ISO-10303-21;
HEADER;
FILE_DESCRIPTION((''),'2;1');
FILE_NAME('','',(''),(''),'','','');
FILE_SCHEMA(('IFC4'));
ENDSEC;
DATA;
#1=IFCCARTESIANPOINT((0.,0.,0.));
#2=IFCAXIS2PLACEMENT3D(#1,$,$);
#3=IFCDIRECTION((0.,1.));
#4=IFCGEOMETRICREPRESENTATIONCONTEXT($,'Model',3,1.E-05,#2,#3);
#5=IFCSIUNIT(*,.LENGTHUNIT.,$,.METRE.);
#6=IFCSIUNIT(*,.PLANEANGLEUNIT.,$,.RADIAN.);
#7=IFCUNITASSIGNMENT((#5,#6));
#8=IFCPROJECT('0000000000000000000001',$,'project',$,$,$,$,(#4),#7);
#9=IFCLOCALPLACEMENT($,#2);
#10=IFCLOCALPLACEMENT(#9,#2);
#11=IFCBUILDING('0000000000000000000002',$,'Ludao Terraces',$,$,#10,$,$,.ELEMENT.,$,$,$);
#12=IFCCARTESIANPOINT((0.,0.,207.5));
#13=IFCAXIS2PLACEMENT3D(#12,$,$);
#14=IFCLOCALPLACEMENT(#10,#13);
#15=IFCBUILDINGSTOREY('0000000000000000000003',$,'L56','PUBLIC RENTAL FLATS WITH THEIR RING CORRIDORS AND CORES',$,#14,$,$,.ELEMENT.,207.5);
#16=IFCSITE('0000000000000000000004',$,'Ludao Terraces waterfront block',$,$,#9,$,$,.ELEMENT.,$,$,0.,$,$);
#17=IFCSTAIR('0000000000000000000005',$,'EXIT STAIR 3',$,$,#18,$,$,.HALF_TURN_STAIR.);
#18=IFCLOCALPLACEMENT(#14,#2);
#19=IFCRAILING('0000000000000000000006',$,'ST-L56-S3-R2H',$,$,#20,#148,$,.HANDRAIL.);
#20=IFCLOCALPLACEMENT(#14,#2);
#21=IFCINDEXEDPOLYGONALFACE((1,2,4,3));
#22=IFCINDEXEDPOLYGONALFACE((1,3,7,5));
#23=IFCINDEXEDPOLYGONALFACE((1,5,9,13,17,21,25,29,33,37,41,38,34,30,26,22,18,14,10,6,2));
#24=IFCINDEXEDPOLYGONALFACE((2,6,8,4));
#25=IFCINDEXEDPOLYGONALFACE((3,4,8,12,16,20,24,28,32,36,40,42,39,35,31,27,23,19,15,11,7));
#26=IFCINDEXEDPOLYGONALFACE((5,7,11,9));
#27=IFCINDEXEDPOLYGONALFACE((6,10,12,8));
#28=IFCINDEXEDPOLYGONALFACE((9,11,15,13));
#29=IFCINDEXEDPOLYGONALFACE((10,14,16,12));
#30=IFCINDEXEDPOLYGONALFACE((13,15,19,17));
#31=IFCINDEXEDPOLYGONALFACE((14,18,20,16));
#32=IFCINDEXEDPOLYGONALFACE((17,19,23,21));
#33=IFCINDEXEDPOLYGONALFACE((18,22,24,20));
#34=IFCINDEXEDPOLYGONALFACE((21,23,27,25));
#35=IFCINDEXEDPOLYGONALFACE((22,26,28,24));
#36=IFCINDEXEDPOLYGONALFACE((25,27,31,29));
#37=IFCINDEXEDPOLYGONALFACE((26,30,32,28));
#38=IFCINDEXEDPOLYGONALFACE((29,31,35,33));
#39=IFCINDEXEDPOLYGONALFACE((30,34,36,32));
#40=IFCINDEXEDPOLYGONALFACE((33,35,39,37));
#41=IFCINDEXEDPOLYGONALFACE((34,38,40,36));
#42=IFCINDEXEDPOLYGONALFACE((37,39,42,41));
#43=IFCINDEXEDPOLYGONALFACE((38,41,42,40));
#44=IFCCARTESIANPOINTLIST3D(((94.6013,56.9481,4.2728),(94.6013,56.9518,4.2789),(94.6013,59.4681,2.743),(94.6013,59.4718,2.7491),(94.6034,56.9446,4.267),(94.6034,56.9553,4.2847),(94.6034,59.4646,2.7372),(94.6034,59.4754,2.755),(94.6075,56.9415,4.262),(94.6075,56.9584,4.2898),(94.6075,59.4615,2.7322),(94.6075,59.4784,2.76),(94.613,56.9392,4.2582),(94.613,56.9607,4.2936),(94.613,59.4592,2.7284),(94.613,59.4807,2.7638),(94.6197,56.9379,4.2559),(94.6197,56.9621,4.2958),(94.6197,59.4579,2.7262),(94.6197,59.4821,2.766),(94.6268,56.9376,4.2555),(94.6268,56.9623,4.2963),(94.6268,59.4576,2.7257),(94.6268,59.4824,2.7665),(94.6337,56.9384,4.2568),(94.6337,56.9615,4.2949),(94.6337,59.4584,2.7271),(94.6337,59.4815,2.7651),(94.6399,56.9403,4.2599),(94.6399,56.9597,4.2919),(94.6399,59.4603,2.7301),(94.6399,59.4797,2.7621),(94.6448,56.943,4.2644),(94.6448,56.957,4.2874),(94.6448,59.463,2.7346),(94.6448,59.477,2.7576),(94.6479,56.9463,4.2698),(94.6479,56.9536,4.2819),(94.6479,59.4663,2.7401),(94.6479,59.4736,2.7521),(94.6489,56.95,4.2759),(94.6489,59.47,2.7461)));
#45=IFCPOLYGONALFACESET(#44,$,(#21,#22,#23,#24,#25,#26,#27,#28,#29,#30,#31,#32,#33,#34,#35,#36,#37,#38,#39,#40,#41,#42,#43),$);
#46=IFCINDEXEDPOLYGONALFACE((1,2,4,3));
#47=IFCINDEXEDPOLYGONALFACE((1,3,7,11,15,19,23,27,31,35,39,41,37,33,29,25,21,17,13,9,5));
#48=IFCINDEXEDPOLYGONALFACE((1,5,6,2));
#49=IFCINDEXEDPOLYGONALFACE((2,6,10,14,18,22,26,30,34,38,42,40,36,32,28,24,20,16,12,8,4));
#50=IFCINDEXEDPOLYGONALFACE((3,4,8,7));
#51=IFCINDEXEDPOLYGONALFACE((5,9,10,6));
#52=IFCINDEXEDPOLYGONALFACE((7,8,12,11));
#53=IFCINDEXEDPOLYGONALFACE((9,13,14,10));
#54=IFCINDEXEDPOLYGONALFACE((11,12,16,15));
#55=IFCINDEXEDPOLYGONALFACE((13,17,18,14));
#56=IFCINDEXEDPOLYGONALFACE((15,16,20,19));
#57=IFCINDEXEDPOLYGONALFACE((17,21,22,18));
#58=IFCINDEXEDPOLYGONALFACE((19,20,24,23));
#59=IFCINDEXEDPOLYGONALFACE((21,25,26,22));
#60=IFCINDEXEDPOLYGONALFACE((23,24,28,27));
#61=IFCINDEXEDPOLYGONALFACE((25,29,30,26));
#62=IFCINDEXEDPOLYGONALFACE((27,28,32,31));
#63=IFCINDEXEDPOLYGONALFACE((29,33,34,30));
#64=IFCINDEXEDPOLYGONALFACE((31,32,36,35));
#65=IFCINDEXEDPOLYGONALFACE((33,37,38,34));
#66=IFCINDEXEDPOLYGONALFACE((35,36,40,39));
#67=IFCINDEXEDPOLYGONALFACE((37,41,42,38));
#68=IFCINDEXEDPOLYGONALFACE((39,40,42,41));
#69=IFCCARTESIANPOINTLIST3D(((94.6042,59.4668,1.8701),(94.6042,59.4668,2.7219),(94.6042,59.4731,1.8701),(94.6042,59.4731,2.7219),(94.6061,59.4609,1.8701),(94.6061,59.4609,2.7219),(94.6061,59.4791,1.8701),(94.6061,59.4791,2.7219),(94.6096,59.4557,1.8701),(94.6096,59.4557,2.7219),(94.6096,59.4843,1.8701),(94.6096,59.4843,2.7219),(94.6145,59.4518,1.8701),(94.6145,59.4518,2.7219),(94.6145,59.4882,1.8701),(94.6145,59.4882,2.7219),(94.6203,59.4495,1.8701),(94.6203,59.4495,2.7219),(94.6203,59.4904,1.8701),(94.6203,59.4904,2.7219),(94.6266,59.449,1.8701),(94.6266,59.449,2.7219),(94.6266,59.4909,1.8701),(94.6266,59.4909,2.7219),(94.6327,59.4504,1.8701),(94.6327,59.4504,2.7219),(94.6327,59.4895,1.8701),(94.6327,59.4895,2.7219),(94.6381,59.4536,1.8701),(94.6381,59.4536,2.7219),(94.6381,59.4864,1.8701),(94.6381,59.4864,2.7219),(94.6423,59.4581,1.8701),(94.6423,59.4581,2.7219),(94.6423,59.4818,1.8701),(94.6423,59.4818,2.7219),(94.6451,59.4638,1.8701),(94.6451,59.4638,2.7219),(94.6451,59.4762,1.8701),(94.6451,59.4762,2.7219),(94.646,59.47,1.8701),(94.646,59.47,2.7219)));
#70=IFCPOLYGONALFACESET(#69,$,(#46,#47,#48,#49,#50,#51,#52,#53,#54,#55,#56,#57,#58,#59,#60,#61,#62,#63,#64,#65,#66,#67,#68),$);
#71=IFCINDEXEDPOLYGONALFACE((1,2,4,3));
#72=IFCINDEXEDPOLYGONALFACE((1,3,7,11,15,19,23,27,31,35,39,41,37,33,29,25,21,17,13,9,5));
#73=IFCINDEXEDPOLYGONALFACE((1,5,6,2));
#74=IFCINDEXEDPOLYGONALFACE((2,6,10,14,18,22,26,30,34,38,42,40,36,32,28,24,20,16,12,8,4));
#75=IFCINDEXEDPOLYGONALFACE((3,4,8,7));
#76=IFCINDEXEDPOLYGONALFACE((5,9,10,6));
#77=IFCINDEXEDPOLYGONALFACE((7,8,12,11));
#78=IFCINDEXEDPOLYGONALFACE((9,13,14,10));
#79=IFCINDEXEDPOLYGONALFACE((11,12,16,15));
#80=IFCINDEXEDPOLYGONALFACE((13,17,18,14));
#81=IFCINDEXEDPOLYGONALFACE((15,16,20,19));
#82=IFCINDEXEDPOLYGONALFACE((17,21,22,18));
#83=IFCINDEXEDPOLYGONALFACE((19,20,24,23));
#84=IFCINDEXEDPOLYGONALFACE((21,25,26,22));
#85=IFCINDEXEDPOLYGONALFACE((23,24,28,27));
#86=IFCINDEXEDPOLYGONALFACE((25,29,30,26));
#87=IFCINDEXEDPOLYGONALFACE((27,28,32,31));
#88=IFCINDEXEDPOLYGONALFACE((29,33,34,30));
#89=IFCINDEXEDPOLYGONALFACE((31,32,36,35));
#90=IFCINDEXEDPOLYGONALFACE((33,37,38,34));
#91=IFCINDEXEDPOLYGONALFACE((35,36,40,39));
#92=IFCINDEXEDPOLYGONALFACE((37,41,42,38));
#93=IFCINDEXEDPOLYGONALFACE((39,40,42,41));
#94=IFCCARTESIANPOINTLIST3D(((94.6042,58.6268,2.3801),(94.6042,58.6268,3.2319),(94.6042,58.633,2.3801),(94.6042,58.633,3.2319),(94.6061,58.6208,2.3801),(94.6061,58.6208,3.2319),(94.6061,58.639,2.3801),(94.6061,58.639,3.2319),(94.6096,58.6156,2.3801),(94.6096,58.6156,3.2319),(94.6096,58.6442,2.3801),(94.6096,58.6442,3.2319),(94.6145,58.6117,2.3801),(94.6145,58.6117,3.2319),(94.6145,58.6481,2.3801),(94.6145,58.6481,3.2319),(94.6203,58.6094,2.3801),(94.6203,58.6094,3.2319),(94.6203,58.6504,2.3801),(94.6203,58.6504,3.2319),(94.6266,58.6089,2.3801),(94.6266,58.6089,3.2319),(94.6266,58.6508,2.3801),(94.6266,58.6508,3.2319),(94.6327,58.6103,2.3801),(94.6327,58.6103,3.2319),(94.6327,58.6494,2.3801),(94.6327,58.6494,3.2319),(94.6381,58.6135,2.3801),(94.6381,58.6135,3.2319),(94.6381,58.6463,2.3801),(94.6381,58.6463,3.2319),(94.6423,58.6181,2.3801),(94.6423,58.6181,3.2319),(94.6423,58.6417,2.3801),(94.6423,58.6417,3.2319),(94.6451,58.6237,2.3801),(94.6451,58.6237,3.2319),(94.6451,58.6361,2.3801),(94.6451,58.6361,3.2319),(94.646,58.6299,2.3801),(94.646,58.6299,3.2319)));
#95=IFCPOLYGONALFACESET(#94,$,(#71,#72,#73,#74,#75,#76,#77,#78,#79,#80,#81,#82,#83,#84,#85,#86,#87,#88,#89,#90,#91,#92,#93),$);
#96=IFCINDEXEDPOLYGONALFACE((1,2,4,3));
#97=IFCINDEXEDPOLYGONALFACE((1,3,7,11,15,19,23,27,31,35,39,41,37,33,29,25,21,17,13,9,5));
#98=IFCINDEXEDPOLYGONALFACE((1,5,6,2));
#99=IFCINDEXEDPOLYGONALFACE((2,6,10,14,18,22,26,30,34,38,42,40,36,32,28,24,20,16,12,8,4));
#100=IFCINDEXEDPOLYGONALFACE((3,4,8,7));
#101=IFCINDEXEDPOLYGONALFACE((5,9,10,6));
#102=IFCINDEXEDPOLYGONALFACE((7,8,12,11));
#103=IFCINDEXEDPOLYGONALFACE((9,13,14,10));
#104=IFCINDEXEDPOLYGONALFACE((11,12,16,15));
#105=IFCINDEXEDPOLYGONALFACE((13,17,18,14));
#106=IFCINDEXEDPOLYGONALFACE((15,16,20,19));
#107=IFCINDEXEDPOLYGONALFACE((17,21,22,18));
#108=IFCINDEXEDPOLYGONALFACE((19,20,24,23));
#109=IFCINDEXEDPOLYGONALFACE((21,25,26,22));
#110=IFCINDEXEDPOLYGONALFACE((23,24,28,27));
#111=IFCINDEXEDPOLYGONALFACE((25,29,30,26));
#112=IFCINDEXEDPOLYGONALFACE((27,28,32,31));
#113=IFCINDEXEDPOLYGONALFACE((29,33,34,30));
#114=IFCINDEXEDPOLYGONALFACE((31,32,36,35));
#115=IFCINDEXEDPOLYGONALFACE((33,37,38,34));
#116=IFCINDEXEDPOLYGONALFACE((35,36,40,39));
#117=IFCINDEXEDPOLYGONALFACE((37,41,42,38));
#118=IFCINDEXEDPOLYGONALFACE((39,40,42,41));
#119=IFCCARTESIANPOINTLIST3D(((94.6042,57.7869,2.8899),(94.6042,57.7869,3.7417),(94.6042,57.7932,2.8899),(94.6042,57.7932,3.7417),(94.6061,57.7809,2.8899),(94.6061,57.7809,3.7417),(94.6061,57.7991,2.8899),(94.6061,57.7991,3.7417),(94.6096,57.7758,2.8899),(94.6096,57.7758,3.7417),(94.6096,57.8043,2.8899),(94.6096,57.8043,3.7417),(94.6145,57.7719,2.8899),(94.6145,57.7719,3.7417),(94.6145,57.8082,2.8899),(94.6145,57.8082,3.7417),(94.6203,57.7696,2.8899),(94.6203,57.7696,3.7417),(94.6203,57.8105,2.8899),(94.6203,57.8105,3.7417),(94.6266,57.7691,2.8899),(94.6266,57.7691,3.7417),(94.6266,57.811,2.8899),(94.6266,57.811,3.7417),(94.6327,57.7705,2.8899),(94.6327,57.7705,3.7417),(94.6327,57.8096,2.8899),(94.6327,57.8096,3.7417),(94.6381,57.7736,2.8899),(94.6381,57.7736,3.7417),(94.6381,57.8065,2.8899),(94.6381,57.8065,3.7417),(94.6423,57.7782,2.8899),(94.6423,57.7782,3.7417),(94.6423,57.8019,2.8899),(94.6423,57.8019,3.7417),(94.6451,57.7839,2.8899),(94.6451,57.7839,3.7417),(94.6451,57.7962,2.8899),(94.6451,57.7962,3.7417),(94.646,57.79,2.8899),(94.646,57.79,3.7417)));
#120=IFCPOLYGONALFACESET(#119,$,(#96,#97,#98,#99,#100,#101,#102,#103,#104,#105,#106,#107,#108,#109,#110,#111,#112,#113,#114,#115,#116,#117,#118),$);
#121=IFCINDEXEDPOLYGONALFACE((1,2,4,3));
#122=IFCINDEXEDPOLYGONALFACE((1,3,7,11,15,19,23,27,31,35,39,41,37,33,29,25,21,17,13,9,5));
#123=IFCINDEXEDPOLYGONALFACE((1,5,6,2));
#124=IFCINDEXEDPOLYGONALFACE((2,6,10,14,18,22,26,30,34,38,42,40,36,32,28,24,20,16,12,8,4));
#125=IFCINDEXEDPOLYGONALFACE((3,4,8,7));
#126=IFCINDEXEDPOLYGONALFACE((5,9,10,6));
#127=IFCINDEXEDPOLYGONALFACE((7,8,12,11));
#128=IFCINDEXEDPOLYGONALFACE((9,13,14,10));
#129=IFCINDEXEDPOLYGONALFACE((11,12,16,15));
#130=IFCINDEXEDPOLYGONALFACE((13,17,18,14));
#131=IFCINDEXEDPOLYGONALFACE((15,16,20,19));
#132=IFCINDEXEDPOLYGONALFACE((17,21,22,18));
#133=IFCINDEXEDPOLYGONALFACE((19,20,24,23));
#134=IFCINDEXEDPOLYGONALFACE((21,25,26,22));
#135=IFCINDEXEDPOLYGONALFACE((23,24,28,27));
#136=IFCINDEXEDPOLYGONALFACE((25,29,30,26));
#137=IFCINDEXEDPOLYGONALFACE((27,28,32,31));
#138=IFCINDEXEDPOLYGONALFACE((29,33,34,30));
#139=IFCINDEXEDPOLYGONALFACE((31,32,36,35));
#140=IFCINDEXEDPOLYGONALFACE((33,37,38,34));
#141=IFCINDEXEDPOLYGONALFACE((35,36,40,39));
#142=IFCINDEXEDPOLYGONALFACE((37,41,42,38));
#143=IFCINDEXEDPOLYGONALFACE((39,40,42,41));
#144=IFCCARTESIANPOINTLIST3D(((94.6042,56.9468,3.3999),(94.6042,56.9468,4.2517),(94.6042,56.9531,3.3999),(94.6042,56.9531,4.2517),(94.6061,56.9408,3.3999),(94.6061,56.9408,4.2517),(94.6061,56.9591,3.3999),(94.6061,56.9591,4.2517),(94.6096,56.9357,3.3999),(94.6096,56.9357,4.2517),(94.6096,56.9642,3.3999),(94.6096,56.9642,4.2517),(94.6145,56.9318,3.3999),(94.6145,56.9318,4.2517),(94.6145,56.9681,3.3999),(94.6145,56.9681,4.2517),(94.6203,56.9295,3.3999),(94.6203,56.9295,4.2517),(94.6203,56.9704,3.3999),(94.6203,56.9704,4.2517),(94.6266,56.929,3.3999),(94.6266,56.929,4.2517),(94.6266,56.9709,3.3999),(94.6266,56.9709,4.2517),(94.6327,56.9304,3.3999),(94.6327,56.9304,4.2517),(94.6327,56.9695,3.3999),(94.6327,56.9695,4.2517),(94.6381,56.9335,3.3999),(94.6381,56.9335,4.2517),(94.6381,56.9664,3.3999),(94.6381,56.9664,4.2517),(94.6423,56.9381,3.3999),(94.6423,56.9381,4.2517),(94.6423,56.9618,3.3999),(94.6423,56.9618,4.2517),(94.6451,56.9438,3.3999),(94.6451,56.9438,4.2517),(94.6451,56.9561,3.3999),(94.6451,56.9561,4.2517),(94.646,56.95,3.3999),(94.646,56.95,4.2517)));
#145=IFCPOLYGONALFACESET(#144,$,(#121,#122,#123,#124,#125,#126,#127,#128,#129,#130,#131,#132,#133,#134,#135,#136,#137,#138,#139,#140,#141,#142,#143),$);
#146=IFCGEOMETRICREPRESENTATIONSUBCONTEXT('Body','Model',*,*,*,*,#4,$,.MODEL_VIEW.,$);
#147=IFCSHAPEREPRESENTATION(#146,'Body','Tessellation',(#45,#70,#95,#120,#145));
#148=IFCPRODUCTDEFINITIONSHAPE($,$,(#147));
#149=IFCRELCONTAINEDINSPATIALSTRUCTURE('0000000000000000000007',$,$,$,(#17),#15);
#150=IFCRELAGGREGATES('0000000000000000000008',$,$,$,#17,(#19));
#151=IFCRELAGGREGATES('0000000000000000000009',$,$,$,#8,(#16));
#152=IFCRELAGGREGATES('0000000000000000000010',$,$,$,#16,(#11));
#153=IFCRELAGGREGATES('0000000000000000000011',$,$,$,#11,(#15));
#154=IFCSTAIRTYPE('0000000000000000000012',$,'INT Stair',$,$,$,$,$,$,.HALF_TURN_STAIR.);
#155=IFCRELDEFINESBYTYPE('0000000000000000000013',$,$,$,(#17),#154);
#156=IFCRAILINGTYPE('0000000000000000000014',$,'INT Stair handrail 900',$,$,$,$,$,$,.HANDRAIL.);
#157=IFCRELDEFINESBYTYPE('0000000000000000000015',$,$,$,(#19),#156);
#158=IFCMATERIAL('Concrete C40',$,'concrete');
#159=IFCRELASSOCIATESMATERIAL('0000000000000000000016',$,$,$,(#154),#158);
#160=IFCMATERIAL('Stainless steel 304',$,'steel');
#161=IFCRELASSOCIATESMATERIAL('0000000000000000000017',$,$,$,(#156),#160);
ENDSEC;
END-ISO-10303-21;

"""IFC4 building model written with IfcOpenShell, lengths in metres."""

from ifc_helpers import new_model, si_unit, direction, frame, origin, origin_2d, place, context, subcontext, project, spatial, circle, extrude, material, type_object, element, aggregate, save


model = new_model("IFC4")

# Units and contexts
model_context = context("Model", 3, precision=1e-05, world=origin(), true_north=direction((0.0, 1.0)))
body_context = subcontext(model_context, "Body", "Model", "MODEL_VIEW")
ifc_project = project(units=[si_unit("LENGTHUNIT", "METRE"), si_unit("PLANEANGLEUNIT", "RADIAN")], contexts=[model_context])

# Site, building, storey
site_placement = place(None, origin())
site = spatial("IfcSite", under=ifc_project, at=site_placement, Name="Ludao Terraces waterfront block", CompositionType="ELEMENT", RefElevation=0.0)
building_placement = place(site_placement, origin())
building = spatial("IfcBuilding", under=site, at=building_placement, Name="Ludao Terraces", CompositionType="ELEMENT")
storey_placement = place(building_placement, frame((0.0, 0.0, 207.5)))
storey = spatial("IfcBuildingStorey", under=building, at=storey_placement, Name="L56", Description="PUBLIC RENTAL FLATS WITH THEIR RING CORRIDORS AND CORES", CompositionType="ELEMENT", Elevation=207.5)

# Shared definitions
ifc_material_1 = material(Name="Concrete C40", Category="concrete")

# Stair, railing
stair_type = type_object("IfcStairType", Name="INT Stair", PredefinedType="HALF_TURN_STAIR", material=ifc_material_1)
stair_placement = place(storey_placement, origin())
stair = element("IfcStair", 1, at=stair_placement, inside=storey, type_object=stair_type, Name="EXIT STAIR 3", PredefinedType="HALF_TURN_STAIR")
ifc_material_2 = material(Name="Stainless steel 304", Category="steel")
railing_type_1 = type_object("IfcRailingType", Name="INT Stair handrail 900", PredefinedType="HANDRAIL", material=ifc_material_2)
railing_1_placement = place(storey_placement, frame((94.625, 59.47, 1.8701)))
railing_1 = element("IfcRailing", 2, at=railing_1_placement, type_object=railing_type_1, Name="ST-L56-S3-R2H", PredefinedType="HANDRAIL", context=body_context, shape_type="SweptSolid", body=[
    extrude(circle(Radius=0.0239, at=origin_2d()), frame((0.0, 0.0, 0.876), z_axis=(0.0, -0.854822, 0.518922), x_axis=(1.0, 0.0, 0.0)), (0.0, 0.0, 1.0), 2.948),
    extrude(circle(Radius=0.021, at=origin_2d()), origin(), (0.0, 0.0, 1.0), 0.8518),
    extrude(circle(Radius=0.021, at=origin_2d()), frame((0.0, -0.8401, 0.51)), (0.0, 0.0, 1.0), 0.8518),
    extrude(circle(Radius=0.021, at=origin_2d()), frame((0.0, -1.6799, 1.0198)), (0.0, 0.0, 1.0), 0.8518),
    extrude(circle(Radius=0.021, at=origin_2d()), frame((0.0, -2.52, 1.5298)), (0.0, 0.0, 1.0), 0.8518),
])
aggregate(stair, [railing_1])

save(model, "model.ifc")
